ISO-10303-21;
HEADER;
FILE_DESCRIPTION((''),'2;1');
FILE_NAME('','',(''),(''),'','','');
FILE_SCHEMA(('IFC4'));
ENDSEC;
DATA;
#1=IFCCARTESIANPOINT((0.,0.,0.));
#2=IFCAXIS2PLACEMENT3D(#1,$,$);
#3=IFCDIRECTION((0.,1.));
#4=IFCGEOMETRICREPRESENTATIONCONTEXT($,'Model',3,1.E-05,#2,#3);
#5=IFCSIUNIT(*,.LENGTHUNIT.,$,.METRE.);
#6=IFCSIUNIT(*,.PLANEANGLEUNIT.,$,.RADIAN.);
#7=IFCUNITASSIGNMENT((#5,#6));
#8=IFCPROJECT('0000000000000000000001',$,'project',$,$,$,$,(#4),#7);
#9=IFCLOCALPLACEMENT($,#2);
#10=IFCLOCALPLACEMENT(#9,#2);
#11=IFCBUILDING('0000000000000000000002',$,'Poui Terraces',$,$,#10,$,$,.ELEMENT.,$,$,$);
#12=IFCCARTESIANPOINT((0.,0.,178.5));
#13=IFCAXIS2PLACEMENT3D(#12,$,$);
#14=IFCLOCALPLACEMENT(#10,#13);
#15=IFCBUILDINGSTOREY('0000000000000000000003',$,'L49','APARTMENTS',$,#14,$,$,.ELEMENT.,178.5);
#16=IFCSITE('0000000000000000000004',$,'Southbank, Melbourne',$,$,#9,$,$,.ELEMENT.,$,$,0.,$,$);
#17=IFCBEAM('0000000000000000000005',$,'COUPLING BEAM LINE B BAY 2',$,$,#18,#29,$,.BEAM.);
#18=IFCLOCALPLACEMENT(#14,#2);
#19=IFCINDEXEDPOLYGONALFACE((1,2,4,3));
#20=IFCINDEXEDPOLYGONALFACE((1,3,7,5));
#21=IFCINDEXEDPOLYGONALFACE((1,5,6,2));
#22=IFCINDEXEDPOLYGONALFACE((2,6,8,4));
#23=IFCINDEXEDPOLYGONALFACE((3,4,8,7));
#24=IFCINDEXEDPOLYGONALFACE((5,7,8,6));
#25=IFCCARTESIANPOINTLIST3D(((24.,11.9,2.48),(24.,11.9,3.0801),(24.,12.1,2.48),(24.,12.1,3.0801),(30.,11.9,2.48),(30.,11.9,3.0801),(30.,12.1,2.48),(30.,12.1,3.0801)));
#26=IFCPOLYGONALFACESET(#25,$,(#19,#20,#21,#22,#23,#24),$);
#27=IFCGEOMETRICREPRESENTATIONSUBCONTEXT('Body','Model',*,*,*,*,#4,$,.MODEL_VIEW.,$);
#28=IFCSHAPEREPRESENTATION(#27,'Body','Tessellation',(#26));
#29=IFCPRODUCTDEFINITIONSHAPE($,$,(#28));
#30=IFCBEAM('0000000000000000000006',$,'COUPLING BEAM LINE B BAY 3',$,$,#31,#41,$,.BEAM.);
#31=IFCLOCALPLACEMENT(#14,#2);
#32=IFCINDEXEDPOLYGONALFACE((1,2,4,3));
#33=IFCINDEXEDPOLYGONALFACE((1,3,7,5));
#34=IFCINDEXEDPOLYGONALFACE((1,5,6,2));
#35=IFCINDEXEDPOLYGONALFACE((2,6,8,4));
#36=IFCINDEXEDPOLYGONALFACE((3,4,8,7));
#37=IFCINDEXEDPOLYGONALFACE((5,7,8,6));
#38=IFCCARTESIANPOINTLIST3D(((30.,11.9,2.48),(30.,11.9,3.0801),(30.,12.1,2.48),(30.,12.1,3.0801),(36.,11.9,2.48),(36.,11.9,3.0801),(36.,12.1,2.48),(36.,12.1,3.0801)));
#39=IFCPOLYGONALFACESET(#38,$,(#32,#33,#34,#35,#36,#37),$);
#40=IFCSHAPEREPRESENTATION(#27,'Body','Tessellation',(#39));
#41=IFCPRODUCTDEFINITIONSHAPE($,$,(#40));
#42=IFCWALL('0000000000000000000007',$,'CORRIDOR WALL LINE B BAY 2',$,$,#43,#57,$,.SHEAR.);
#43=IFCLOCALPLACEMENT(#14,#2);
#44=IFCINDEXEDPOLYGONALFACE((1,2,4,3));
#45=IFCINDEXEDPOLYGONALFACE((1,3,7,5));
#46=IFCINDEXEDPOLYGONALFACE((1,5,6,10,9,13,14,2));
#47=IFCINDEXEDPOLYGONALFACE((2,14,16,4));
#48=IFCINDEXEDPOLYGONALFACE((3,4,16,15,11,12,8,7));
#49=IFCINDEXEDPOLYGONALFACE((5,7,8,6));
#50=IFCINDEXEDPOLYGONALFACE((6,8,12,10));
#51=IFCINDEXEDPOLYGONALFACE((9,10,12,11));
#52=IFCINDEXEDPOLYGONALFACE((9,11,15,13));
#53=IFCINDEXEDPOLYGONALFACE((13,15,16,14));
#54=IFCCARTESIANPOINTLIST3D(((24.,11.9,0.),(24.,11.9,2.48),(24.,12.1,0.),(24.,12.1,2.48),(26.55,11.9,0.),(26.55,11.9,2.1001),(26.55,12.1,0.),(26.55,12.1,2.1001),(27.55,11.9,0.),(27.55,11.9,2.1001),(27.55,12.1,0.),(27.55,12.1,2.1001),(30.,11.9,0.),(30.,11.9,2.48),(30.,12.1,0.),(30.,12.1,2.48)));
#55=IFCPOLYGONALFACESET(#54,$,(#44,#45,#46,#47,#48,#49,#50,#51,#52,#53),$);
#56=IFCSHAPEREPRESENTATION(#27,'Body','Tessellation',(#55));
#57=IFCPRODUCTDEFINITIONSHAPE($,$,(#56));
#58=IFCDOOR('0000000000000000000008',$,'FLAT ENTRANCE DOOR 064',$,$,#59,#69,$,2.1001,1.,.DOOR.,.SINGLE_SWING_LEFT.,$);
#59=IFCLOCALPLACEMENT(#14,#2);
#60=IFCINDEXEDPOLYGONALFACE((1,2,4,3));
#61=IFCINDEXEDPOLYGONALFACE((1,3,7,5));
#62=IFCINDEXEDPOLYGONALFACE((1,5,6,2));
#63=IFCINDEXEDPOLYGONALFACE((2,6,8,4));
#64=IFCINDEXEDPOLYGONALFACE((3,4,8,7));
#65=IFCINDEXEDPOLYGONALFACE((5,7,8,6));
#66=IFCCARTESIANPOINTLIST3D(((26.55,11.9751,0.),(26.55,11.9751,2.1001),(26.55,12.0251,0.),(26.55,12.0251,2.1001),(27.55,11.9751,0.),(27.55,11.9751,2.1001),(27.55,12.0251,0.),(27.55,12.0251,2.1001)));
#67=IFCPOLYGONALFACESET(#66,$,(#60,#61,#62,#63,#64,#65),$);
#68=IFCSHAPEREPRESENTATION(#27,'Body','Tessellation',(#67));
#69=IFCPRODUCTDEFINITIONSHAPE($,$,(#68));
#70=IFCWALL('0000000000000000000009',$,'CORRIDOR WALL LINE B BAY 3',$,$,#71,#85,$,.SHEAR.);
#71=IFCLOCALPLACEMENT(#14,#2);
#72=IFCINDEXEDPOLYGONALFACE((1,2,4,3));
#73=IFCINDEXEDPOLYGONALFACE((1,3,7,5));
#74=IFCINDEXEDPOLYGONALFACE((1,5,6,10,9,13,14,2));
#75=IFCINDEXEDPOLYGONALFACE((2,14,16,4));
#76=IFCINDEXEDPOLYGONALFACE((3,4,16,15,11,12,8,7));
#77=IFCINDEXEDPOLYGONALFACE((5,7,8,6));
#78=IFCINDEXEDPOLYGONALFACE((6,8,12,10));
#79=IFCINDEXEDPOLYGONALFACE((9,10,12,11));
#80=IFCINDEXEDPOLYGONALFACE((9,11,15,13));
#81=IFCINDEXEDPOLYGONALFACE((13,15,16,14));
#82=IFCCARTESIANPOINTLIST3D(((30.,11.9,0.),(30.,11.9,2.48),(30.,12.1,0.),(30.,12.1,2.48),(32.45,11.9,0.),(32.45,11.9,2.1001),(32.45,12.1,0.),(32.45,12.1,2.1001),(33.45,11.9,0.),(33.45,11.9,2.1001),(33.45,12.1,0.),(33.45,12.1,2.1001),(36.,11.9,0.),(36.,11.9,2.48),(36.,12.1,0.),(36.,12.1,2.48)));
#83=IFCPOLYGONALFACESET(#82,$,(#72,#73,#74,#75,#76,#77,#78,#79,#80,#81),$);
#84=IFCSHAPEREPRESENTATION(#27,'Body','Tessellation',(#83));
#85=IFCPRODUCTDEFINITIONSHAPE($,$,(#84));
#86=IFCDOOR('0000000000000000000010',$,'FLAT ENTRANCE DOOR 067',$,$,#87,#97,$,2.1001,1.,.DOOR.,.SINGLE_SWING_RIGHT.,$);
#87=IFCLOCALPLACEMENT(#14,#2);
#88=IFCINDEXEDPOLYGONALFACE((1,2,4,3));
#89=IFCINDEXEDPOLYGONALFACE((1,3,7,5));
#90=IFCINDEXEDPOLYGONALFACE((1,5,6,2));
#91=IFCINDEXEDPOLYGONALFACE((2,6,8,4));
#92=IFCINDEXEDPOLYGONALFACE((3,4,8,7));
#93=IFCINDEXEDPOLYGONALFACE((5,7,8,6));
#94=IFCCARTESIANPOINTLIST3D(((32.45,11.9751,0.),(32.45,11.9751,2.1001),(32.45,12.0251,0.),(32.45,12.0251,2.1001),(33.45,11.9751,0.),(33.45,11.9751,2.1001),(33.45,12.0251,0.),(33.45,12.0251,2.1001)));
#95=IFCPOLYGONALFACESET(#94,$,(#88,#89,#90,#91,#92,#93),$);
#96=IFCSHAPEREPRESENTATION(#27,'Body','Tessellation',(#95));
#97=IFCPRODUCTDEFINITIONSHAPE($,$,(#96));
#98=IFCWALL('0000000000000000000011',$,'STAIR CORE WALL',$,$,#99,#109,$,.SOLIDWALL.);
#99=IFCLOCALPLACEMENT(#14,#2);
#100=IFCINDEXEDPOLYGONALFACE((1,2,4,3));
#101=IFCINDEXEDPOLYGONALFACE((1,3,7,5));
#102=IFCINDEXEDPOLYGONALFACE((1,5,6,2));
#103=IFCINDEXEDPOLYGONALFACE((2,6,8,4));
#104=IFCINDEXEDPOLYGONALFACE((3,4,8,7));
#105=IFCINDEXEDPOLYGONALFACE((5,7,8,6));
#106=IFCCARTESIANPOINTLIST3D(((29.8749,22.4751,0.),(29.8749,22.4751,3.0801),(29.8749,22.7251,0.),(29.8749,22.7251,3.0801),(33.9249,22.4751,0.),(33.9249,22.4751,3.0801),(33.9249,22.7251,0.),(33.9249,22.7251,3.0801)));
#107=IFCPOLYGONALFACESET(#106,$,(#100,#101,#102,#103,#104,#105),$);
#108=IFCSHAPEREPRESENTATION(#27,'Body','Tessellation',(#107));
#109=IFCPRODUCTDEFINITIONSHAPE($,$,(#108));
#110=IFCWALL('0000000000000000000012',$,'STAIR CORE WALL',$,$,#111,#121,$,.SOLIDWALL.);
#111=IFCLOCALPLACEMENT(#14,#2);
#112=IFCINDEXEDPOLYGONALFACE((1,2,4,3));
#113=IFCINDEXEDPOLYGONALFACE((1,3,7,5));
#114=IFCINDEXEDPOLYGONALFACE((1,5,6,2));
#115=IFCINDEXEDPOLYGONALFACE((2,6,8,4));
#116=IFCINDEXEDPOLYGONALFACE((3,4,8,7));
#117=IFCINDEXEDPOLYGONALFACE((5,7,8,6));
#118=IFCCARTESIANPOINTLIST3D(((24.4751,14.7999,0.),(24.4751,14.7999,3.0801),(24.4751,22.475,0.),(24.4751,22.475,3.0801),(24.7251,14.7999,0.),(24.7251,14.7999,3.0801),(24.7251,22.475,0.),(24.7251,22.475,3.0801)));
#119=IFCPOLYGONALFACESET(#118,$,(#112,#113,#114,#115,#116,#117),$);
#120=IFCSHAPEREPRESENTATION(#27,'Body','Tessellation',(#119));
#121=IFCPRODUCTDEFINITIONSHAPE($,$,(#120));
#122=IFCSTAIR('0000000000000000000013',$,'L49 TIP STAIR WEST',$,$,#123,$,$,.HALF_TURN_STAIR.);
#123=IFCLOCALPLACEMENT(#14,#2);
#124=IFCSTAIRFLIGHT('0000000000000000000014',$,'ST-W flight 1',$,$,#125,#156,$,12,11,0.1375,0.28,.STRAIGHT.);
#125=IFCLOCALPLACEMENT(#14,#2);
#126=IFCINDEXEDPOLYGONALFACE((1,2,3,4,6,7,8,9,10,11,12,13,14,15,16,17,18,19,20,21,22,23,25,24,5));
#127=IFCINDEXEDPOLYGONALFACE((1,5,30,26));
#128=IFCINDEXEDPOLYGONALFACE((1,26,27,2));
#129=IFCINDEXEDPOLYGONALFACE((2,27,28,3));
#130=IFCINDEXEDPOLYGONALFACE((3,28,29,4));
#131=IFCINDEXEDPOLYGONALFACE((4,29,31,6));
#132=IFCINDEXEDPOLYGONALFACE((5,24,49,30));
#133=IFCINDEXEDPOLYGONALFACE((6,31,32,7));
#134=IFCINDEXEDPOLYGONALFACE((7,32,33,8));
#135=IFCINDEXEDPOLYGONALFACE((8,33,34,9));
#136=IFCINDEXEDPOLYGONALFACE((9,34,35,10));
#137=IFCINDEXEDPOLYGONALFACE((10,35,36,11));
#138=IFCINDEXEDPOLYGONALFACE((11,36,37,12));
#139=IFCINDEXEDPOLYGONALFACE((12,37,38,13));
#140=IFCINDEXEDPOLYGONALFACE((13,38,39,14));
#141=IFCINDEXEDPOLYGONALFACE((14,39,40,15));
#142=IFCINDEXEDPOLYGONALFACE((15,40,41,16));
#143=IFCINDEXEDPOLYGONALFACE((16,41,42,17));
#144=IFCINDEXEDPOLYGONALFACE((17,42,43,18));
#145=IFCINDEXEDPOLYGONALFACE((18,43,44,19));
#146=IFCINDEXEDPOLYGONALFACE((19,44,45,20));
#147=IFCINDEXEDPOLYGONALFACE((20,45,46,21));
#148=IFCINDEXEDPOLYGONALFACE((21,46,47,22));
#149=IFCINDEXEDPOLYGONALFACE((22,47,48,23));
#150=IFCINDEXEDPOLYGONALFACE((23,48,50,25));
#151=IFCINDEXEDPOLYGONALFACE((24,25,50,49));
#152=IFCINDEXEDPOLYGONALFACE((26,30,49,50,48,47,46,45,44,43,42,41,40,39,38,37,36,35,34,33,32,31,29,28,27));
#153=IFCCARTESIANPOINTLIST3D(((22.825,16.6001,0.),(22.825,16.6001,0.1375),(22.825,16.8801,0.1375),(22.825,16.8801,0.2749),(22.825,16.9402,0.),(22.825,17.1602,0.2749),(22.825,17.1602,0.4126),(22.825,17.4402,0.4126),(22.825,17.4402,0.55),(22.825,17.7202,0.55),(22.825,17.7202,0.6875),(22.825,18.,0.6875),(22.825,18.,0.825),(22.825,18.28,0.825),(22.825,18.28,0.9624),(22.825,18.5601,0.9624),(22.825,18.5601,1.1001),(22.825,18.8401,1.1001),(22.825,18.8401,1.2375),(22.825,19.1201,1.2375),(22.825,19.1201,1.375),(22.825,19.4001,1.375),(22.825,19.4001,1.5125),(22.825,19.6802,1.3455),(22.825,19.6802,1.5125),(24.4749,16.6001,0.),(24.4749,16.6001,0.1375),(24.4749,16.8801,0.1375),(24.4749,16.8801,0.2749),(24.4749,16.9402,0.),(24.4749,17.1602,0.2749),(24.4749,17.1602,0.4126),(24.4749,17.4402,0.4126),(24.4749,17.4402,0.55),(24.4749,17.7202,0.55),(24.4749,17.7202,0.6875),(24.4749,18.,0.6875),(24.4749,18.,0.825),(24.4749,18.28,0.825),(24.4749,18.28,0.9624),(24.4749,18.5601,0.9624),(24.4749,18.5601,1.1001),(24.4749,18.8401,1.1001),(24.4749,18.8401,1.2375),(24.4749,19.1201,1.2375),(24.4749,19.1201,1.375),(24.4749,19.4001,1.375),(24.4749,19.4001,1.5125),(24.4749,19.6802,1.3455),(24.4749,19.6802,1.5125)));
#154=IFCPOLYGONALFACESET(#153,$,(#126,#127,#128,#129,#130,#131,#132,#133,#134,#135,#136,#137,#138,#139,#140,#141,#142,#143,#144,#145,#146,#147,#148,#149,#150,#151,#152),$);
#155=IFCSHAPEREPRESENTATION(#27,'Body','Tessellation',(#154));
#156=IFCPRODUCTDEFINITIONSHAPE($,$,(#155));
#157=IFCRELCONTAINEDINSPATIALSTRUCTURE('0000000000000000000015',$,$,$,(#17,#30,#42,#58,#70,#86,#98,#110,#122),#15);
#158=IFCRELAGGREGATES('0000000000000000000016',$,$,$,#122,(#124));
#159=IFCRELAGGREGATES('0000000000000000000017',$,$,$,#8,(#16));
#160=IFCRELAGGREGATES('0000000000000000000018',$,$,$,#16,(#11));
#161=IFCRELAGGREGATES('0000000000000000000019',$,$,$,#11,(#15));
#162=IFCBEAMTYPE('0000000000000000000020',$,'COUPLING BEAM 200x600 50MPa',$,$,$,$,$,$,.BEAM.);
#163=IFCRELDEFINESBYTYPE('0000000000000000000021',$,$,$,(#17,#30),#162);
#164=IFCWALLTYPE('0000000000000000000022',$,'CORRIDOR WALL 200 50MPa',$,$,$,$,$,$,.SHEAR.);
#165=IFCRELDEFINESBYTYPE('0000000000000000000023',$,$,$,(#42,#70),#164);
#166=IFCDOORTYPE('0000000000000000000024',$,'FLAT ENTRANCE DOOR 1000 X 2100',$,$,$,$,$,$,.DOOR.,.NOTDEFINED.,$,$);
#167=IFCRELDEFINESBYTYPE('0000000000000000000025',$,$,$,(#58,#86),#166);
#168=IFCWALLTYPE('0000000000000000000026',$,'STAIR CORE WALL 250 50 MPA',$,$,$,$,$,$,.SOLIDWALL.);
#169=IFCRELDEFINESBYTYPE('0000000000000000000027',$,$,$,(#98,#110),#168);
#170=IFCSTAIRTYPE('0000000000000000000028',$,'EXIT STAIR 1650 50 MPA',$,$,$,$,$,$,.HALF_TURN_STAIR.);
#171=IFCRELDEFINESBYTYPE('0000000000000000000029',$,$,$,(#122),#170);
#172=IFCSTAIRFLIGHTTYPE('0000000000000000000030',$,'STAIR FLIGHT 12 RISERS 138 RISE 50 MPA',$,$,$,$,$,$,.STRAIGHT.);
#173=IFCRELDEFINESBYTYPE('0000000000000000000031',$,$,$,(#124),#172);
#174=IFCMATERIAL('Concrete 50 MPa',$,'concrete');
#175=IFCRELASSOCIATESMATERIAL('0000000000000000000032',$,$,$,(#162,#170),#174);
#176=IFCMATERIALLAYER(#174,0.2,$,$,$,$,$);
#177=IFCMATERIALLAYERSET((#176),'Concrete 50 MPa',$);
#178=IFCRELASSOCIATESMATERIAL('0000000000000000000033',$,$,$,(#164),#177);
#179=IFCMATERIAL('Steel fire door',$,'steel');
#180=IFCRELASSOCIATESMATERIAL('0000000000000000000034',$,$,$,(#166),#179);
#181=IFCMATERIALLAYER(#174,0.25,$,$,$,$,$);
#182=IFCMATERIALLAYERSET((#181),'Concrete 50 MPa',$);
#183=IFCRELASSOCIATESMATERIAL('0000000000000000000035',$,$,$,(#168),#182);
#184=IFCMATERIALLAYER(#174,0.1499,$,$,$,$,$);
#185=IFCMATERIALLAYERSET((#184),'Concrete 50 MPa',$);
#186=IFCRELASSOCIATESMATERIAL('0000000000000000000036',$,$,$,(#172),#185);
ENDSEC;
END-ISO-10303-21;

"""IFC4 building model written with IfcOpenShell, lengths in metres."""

from ifc_helpers import new_model, si_unit, direction, frame, frame_2d, origin, origin_2d, place, context, subcontext, project, spatial, polyline, rectangle, outline, extrude, source, transform, mapped, material, layer, layer_set, material_profile, profile_set, type_object, element, fill, aggregate, save


model = new_model("IFC4")

# Units and contexts
model_context = context("Model", 3, precision=1e-05, world=origin(), true_north=direction((0.0, 1.0)))
body_context = subcontext(model_context, "Body", "Model", "MODEL_VIEW")
ifc_project = project(units=[si_unit("LENGTHUNIT", "METRE"), si_unit("PLANEANGLEUNIT", "RADIAN")], contexts=[model_context])

# Site, building, storey
site_placement = place(None, origin())
site = spatial("IfcSite", under=ifc_project, at=site_placement, Name="Southbank, Melbourne", CompositionType="ELEMENT", RefElevation=0.0)
building_placement = place(site_placement, origin())
building = spatial("IfcBuilding", under=site, at=building_placement, Name="Poui Terraces", CompositionType="ELEMENT")
storey_placement = place(building_placement, frame((0.0, 0.0, 178.5)))
storey = spatial("IfcBuildingStorey", under=building, at=storey_placement, Name="L49", Description="APARTMENTS", CompositionType="ELEMENT", Elevation=178.5)

# Beams
ifc_material_1 = material(Name="Concrete 50 MPa", Category="concrete")
ifc_material_profile = material_profile(ifc_material_1, rectangle(XDim=0.2, YDim=0.6001, at=origin_2d()), Name="RC 200x600")
ifc_profile_set = profile_set([ifc_material_profile], Name="Concrete 50 MPa")
beam_type = type_object("IfcBeamType", Name="COUPLING BEAM 200x600 50MPa", PredefinedType="BEAM", material=ifc_profile_set)
shared_shape = source(origin(), body_context, "Body", "SweptSolid", [
    extrude(rectangle(XDim=0.2, YDim=0.6001, at=origin_2d()), origin(), (0.0, 0.0, 1.0), 6.0),
])
for number, where, z_axis, x_axis, name in (
    (1, (24.0, 12.0, 2.78), (1.0, 0.0, 0.0), (0.0, 1.0, 0.0), "COUPLING BEAM LINE B BAY 2"),
    (2, (30.0, 12.0, 2.78), (1.0, 0.0, 0.0), (0.0, 1.0, 0.0), "COUPLING BEAM LINE B BAY 3"),
):
    element("IfcBeam", number, at=place(storey_placement, frame(where, z_axis=z_axis, x_axis=x_axis)), inside=storey, type_object=beam_type, Name=name, PredefinedType="BEAM", context=body_context, shape_type="MappedRepresentation", body=[
        mapped(shared_shape, transform((0.0, 0.0, 0.0))),
    ])

# Walls, openings, doors
ifc_layer_1 = layer(ifc_material_1, 0.2)
ifc_layer_set_1 = layer_set([ifc_layer_1], Name="Concrete 50 MPa")
wall_type_1 = type_object("IfcWallType", Name="CORRIDOR WALL 200 50MPa", PredefinedType="SHEAR", material=ifc_layer_set_1)
wall_1_placement = place(storey_placement, frame((24.0, 12.0, 0.0), z_axis=(0.0, 0.0, 1.0), x_axis=(1.0, 0.0, 0.0)))
wall_1 = element("IfcWall", 3, at=wall_1_placement, inside=storey, type_object=wall_type_1, Name="CORRIDOR WALL LINE B BAY 2", PredefinedType="SHEAR", context=body_context, shape_type="SweptSolid", body=[
    extrude(rectangle(XDim=6.0, YDim=0.2, at=frame_2d((3.0, 0.0))), origin(), (0.0, 0.0, 1.0), 2.48),
])
opening_1_placement = place(wall_1_placement, frame((2.55, 0.0, 0.0)))
opening_1 = element("IfcOpeningElement", 4, at=opening_1_placement, cuts=wall_1, PredefinedType="OPENING", context=body_context, shape_type="SweptSolid", body=[
    extrude(rectangle(XDim=1.0, YDim=2.1001, at=frame_2d((0.5, 1.05))), frame((0.0, 0.1099, 0.0), z_axis=(0.0, -1.0, 0.0), x_axis=(1.0, 0.0, 0.0)), (0.0, 0.0, 1.0), 0.22),
])
ifc_material_2 = material(Name="Steel fire door", Category="steel")
door_type = type_object("IfcDoorType", Name="FLAT ENTRANCE DOOR 1000 X 2100", OperationType="NOTDEFINED", PredefinedType="DOOR", material=ifc_material_2)
door_1_placement = place(opening_1_placement, frame((1.0, 0.0, 0.0), z_axis=(0.0, 0.0, 1.0), x_axis=(-1.0, 0.0, 0.0)))
door_1 = element("IfcDoor", 5, at=door_1_placement, inside=storey, type_object=door_type, Name="FLAT ENTRANCE DOOR 064", OperationType="SINGLE_SWING_LEFT", OverallHeight=2.1001, OverallWidth=1.0, PredefinedType="DOOR", context=body_context, shape_type="SweptSolid", body=[
    extrude(rectangle(XDim=1.0, YDim=2.1001, at=frame_2d((0.5, 1.05))), frame((0.0, 0.0249, 0.0), z_axis=(0.0, -1.0, 0.0), x_axis=(1.0, 0.0, 0.0)), (0.0, 0.0, 1.0), 0.05),
])
fill(opening_1, door_1)
wall_2_placement = place(storey_placement, frame((30.0, 12.0, 0.0), z_axis=(0.0, 0.0, 1.0), x_axis=(1.0, 0.0, 0.0)))
wall_2 = element("IfcWall", 6, at=wall_2_placement, inside=storey, type_object=wall_type_1, Name="CORRIDOR WALL LINE B BAY 3", PredefinedType="SHEAR", context=body_context, shape_type="SweptSolid", body=[
    extrude(rectangle(XDim=6.0, YDim=0.2, at=frame_2d((3.0, 0.0))), origin(), (0.0, 0.0, 1.0), 2.48),
])
opening_2_placement = place(wall_2_placement, frame((2.45, 0.0, 0.0)))
opening_2 = element("IfcOpeningElement", 7, at=opening_2_placement, cuts=wall_2, PredefinedType="OPENING", context=body_context, shape_type="SweptSolid", body=[
    extrude(rectangle(XDim=1.0, YDim=2.1001, at=frame_2d((0.5, 1.05))), frame((0.0, 0.1099, 0.0), z_axis=(0.0, -1.0, 0.0), x_axis=(1.0, 0.0, 0.0)), (0.0, 0.0, 1.0), 0.22),
])
door_2_placement = place(opening_2_placement, frame((1.0, 0.0, 0.0), z_axis=(0.0, 0.0, 1.0), x_axis=(-1.0, 0.0, 0.0)))
door_2 = element("IfcDoor", 8, at=door_2_placement, inside=storey, type_object=door_type, Name="FLAT ENTRANCE DOOR 067", OperationType="SINGLE_SWING_RIGHT", OverallHeight=2.1001, OverallWidth=1.0, PredefinedType="DOOR", context=body_context, shape_type="SweptSolid", body=[
    extrude(rectangle(XDim=1.0, YDim=2.1001, at=frame_2d((0.5, 1.05))), frame((0.0, 0.0249, 0.0), z_axis=(0.0, -1.0, 0.0), x_axis=(1.0, 0.0, 0.0)), (0.0, 0.0, 1.0), 0.05),
])
fill(opening_2, door_2)

# Walls
ifc_layer_2 = layer(ifc_material_1, 0.25)
ifc_layer_set_2 = layer_set([ifc_layer_2], Name="Concrete 50 MPa")
wall_type_2 = type_object("IfcWallType", Name="STAIR CORE WALL 250 50 MPA", PredefinedType="SOLIDWALL", material=ifc_layer_set_2)
wall_3_placement = place(storey_placement, frame((29.875, 22.6001, 0.0), z_axis=(0.0, 0.0, 1.0), x_axis=(1.0, 0.0, 0.0)))
element("IfcWall", 9, at=wall_3_placement, inside=storey, type_object=wall_type_2, Name="STAIR CORE WALL", PredefinedType="SOLIDWALL", context=body_context, shape_type="SweptSolid", body=[
    extrude(rectangle(XDim=4.05, YDim=0.25, at=frame_2d((2.0249, 0.0))), origin(), (0.0, 0.0, 1.0), 3.0801),
])
wall_4_placement = place(storey_placement, frame((24.6001, 14.8, 0.0), z_axis=(0.0, 0.0, 1.0), x_axis=(0.0, 1.0, 0.0)))
element("IfcWall", 10, at=wall_4_placement, inside=storey, type_object=wall_type_2, Name="STAIR CORE WALL", PredefinedType="SOLIDWALL", context=body_context, shape_type="SweptSolid", body=[
    extrude(rectangle(XDim=7.675, YDim=0.25, at=frame_2d((3.8374, 0.0))), origin(), (0.0, 0.0, 1.0), 3.0801),
])

# Stair, stair flight
stair_type = type_object("IfcStairType", Name="EXIT STAIR 1650 50 MPA", PredefinedType="HALF_TURN_STAIR", material=ifc_material_1)
stair_placement = place(storey_placement, origin())
stair = element("IfcStair", 11, at=stair_placement, inside=storey, type_object=stair_type, Name="L49 TIP STAIR WEST", PredefinedType="HALF_TURN_STAIR")
ifc_layer_3 = layer(ifc_material_1, 0.1499)
ifc_layer_set_3 = layer_set([ifc_layer_3], Name="Concrete 50 MPa")
stair_flight_type = type_object("IfcStairFlightType", Name="STAIR FLIGHT 12 RISERS 138 RISE 50 MPA", PredefinedType="STRAIGHT", material=ifc_layer_set_3)
stair_flight_placement = place(storey_placement, frame((23.6499, 16.6001, 0.0), z_axis=(0.0, 0.0, 1.0), x_axis=(0.0, 1.0, 0.0)))
stair_flight = element("IfcStairFlight", 12, at=stair_flight_placement, type_object=stair_flight_type, Name="ST-W flight 1", NumberOfRisers=12, NumberOfTreads=11, PredefinedType="STRAIGHT", RiserHeight=0.1375, TreadLength=0.28, context=body_context, shape_type="SweptSolid", body=[
    extrude(outline(polyline([(0.0, 0.0), (0.0, 0.1375), (0.28, 0.1375), (0.28, 0.2749), (0.5601, 0.2749), (0.5601, 0.4126), (0.8401, 0.4126), (0.8401, 0.55), (1.1201, 0.55), (1.1201, 0.6875), (1.3999, 0.6875), (1.3999, 0.825), (1.6799, 0.825), (1.6799, 0.9624), (1.96, 0.9624), (1.96, 1.1001), (2.24, 1.1001), (2.24, 1.2375), (2.52, 1.2375), (2.52, 1.375), (2.8, 1.375), (2.8, 1.5125), (3.0801, 1.5125), (3.0801, 1.6499), (3.0801, 1.3455), (0.3401, 0.0), (0.0, 0.0)])), frame((0.0, 0.825, 0.0), z_axis=(0.0, -1.0, 0.0), x_axis=(1.0, 0.0, 0.0)), (0.0, 0.0, 1.0), 1.6499),
])
aggregate(stair, [stair_flight])

save(model, "model.ifc")
